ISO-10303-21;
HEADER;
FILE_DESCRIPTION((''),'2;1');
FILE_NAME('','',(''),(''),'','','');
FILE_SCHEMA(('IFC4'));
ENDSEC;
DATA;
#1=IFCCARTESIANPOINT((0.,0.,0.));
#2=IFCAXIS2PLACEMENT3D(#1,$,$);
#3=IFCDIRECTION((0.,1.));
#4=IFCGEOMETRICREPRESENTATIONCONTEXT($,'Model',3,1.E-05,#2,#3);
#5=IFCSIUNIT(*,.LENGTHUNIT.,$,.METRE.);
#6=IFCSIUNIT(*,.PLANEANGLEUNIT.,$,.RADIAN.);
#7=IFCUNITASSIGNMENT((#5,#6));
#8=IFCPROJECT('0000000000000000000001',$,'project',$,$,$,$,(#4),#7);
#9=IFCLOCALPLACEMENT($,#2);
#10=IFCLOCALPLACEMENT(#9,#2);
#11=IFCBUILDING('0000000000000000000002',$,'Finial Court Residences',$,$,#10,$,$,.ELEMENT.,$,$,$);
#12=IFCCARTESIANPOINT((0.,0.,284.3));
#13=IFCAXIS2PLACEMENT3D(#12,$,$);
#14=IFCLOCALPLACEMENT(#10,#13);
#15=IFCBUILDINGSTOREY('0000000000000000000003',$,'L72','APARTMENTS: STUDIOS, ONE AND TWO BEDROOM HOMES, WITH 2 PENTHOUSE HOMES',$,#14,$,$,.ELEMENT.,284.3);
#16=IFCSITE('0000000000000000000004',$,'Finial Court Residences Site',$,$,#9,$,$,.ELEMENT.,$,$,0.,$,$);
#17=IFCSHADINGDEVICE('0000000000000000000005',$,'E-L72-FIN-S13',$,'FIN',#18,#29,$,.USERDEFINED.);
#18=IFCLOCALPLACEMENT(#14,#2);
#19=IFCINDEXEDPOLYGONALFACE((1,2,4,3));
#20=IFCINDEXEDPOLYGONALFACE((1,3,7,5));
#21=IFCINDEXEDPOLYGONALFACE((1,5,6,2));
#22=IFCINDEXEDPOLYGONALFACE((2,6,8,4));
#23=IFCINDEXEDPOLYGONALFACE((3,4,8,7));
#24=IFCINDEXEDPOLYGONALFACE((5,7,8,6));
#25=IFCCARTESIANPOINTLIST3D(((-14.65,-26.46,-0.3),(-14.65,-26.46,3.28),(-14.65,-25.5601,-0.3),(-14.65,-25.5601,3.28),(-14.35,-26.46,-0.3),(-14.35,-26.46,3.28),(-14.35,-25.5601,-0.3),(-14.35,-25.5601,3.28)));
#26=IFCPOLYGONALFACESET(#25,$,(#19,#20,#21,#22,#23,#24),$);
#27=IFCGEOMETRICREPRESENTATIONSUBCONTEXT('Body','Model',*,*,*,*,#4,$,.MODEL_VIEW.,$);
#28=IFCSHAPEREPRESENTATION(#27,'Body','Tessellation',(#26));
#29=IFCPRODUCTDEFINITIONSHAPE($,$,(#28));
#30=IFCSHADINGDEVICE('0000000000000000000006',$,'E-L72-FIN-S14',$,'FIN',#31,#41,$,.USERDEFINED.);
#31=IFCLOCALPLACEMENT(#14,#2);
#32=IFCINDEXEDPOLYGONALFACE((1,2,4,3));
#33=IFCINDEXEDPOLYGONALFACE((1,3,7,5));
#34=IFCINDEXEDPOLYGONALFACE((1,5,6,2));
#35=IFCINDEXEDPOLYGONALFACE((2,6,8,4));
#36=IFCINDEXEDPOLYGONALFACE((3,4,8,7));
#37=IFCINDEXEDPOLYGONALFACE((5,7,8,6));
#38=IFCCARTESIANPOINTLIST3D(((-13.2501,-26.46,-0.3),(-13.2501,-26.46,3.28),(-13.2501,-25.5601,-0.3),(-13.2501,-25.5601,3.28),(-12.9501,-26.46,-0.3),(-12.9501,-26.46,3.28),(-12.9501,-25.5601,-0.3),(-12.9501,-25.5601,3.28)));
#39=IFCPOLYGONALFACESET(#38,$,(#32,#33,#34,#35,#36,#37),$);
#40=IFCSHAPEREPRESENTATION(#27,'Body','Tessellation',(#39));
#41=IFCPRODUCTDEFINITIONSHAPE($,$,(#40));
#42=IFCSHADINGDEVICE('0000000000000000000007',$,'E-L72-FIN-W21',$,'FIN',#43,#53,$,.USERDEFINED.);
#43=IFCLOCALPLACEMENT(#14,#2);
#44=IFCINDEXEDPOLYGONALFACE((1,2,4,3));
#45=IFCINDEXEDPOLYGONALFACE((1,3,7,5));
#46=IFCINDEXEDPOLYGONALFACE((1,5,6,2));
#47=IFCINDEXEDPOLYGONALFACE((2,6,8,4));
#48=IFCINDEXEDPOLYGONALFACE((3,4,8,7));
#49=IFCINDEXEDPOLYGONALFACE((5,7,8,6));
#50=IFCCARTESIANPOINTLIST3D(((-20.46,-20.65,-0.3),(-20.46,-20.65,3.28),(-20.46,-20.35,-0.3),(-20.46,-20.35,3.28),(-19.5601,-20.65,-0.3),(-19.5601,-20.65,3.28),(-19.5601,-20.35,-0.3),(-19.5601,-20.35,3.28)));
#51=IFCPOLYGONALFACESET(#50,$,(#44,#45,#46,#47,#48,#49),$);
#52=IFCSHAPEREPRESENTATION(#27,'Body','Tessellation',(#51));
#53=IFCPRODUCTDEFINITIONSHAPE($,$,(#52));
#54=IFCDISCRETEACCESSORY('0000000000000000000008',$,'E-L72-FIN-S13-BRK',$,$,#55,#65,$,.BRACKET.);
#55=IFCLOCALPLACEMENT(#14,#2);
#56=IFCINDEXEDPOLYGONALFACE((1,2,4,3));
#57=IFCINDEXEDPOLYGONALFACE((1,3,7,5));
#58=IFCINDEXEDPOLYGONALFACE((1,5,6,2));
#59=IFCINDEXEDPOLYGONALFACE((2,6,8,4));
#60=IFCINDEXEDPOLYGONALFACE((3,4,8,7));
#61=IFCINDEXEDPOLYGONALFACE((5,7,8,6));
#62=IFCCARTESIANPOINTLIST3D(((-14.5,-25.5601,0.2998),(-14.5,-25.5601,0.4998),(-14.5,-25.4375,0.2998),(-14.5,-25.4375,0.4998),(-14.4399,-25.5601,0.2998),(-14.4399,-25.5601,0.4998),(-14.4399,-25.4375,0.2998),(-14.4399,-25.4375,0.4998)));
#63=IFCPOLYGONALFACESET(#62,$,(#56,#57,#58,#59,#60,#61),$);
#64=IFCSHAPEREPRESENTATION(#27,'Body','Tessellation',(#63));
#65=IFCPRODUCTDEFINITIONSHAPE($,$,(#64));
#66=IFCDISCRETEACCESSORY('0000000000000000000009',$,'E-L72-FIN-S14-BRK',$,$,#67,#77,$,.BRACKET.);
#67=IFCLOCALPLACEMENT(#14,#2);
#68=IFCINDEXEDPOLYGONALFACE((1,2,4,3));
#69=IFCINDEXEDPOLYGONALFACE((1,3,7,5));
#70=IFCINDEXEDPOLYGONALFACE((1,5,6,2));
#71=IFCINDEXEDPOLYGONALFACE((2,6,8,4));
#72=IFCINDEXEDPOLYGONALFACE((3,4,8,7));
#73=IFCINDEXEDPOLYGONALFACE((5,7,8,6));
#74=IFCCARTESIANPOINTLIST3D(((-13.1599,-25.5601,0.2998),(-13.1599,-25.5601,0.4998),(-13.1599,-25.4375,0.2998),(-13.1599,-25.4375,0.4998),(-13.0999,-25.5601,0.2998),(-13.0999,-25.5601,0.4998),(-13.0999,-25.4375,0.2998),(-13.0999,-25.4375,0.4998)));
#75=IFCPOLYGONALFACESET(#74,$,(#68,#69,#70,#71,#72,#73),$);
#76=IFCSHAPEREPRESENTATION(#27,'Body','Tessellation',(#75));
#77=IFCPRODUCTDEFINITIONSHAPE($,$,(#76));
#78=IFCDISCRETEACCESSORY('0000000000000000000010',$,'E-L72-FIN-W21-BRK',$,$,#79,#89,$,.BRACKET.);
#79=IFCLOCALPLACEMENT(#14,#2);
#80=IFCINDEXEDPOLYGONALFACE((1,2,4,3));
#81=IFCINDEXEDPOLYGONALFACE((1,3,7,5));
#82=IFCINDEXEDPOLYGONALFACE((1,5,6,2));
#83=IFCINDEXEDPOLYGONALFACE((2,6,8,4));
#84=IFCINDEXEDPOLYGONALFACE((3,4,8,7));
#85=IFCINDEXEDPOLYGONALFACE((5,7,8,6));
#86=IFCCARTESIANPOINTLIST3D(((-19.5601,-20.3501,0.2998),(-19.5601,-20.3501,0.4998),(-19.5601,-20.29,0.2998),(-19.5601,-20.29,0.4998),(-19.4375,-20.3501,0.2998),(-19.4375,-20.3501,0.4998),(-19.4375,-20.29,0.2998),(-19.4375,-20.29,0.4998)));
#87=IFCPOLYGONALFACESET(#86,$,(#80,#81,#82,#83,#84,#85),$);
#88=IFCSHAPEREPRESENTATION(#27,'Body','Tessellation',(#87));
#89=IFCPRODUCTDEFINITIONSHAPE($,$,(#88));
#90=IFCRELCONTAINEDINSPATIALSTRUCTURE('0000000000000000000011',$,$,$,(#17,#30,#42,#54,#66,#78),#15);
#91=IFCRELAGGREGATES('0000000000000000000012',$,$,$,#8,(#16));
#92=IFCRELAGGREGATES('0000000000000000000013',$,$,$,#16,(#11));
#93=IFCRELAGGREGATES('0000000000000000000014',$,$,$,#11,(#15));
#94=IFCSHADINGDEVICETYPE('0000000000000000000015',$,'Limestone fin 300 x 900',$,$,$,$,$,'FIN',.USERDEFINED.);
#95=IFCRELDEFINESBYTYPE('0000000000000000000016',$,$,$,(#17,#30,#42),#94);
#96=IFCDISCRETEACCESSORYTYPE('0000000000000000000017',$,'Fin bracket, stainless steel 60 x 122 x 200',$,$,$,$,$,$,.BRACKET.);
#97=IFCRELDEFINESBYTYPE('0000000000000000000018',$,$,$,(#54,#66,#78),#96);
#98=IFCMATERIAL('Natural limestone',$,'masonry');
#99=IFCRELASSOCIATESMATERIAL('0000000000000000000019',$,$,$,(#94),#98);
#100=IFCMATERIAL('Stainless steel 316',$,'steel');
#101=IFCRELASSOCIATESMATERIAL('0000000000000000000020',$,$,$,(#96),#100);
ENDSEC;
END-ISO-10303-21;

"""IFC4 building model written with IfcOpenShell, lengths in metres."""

from ifc_helpers import new_model, si_unit, direction, frame, origin, origin_2d, place, context, subcontext, project, spatial, rectangle, extrude, material, type_object, element, save


model = new_model("IFC4")

# Units and contexts
model_context = context("Model", 3, precision=1e-05, world=origin(), true_north=direction((0.0, 1.0)))
body_context = subcontext(model_context, "Body", "Model", "MODEL_VIEW")
ifc_project = project(units=[si_unit("LENGTHUNIT", "METRE"), si_unit("PLANEANGLEUNIT", "RADIAN")], contexts=[model_context])

# Site, building, storey
site_placement = place(None, origin())
site = spatial("IfcSite", under=ifc_project, at=site_placement, Name="Finial Court Residences Site", CompositionType="ELEMENT", RefElevation=0.0)
building_placement = place(site_placement, origin())
building = spatial("IfcBuilding", under=site, at=building_placement, Name="Finial Court Residences", CompositionType="ELEMENT")
storey_placement = place(building_placement, frame((0.0, 0.0, 284.3)))
storey = spatial("IfcBuildingStorey", under=building, at=storey_placement, Name="L72", Description="APARTMENTS: STUDIOS, ONE AND TWO BEDROOM HOMES, WITH 2 PENTHOUSE HOMES", CompositionType="ELEMENT", Elevation=284.3)

# Shared definitions
ifc_material_1 = material(Name="Natural limestone", Category="masonry")

# Shading devices
shading_device_type = type_object("IfcShadingDeviceType", Name="Limestone fin 300 x 900", ElementType="FIN", PredefinedType="USERDEFINED", material=ifc_material_1)
for number, where, z_axis, x_axis, name in (
    (1, (-14.5, -26.01, -0.3), (0.0, 0.0, 1.0), (1.0, 0.0, 0.0), "E-L72-FIN-S13"),
    (2, (-13.1001, -26.01, -0.3), (0.0, 0.0, 1.0), (1.0, 0.0, 0.0), "E-L72-FIN-S14"),
):
    element("IfcShadingDevice", number, at=place(storey_placement, frame(where, z_axis=z_axis, x_axis=x_axis)), inside=storey, type_object=shading_device_type, Name=name, ObjectType="FIN", PredefinedType="USERDEFINED", context=body_context, shape_type="SweptSolid", body=[
        extrude(rectangle(XDim=0.3, YDim=0.8999, at=origin_2d()), origin(), (0.0, 0.0, 1.0), 3.5801),
    ])
shading_device_placement = place(storey_placement, frame((-20.01, -20.5, -0.3), z_axis=(0.0, 0.0, 1.0), x_axis=(1.0, 0.0, 0.0)))
element("IfcShadingDevice", 3, at=shading_device_placement, inside=storey, type_object=shading_device_type, Name="E-L72-FIN-W21", ObjectType="FIN", PredefinedType="USERDEFINED", context=body_context, shape_type="SweptSolid", body=[
    extrude(rectangle(XDim=0.8999, YDim=0.3, at=origin_2d()), origin(), (0.0, 0.0, 1.0), 3.5801),
])

# Discrete accessories
ifc_material_2 = material(Name="Stainless steel 316", Category="steel")
discrete_accessory_type = type_object("IfcDiscreteAccessoryType", Name="Fin bracket, stainless steel 60 x 122 x 200", PredefinedType="BRACKET", material=ifc_material_2)
for number, where, z_axis, x_axis, name in (
    (4, (-14.47, -25.4988, 0.2998), (0.0, 0.0, 1.0), (1.0, 0.0, 0.0), "E-L72-FIN-S13-BRK"),
    (5, (-13.1299, -25.4988, 0.2998), (0.0, 0.0, 1.0), (1.0, 0.0, 0.0), "E-L72-FIN-S14-BRK"),
):
    element("IfcDiscreteAccessory", number, at=place(storey_placement, frame(where, z_axis=z_axis, x_axis=x_axis)), inside=storey, type_object=discrete_accessory_type, Name=name, PredefinedType="BRACKET", context=body_context, shape_type="SweptSolid", body=[
        extrude(rectangle(XDim=0.0601, YDim=0.1226, at=origin_2d()), origin(), (0.0, 0.0, 1.0), 0.2),
    ])
discrete_accessory_placement = place(storey_placement, frame((-19.4988, -20.3201, 0.2998), z_axis=(0.0, 0.0, 1.0), x_axis=(1.0, 0.0, 0.0)))
element("IfcDiscreteAccessory", 6, at=discrete_accessory_placement, inside=storey, type_object=discrete_accessory_type, Name="E-L72-FIN-W21-BRK", PredefinedType="BRACKET", context=body_context, shape_type="SweptSolid", body=[
    extrude(rectangle(XDim=0.1226, YDim=0.0601, at=origin_2d()), origin(), (0.0, 0.0, 1.0), 0.2),
])

save(model, "model.ifc")
